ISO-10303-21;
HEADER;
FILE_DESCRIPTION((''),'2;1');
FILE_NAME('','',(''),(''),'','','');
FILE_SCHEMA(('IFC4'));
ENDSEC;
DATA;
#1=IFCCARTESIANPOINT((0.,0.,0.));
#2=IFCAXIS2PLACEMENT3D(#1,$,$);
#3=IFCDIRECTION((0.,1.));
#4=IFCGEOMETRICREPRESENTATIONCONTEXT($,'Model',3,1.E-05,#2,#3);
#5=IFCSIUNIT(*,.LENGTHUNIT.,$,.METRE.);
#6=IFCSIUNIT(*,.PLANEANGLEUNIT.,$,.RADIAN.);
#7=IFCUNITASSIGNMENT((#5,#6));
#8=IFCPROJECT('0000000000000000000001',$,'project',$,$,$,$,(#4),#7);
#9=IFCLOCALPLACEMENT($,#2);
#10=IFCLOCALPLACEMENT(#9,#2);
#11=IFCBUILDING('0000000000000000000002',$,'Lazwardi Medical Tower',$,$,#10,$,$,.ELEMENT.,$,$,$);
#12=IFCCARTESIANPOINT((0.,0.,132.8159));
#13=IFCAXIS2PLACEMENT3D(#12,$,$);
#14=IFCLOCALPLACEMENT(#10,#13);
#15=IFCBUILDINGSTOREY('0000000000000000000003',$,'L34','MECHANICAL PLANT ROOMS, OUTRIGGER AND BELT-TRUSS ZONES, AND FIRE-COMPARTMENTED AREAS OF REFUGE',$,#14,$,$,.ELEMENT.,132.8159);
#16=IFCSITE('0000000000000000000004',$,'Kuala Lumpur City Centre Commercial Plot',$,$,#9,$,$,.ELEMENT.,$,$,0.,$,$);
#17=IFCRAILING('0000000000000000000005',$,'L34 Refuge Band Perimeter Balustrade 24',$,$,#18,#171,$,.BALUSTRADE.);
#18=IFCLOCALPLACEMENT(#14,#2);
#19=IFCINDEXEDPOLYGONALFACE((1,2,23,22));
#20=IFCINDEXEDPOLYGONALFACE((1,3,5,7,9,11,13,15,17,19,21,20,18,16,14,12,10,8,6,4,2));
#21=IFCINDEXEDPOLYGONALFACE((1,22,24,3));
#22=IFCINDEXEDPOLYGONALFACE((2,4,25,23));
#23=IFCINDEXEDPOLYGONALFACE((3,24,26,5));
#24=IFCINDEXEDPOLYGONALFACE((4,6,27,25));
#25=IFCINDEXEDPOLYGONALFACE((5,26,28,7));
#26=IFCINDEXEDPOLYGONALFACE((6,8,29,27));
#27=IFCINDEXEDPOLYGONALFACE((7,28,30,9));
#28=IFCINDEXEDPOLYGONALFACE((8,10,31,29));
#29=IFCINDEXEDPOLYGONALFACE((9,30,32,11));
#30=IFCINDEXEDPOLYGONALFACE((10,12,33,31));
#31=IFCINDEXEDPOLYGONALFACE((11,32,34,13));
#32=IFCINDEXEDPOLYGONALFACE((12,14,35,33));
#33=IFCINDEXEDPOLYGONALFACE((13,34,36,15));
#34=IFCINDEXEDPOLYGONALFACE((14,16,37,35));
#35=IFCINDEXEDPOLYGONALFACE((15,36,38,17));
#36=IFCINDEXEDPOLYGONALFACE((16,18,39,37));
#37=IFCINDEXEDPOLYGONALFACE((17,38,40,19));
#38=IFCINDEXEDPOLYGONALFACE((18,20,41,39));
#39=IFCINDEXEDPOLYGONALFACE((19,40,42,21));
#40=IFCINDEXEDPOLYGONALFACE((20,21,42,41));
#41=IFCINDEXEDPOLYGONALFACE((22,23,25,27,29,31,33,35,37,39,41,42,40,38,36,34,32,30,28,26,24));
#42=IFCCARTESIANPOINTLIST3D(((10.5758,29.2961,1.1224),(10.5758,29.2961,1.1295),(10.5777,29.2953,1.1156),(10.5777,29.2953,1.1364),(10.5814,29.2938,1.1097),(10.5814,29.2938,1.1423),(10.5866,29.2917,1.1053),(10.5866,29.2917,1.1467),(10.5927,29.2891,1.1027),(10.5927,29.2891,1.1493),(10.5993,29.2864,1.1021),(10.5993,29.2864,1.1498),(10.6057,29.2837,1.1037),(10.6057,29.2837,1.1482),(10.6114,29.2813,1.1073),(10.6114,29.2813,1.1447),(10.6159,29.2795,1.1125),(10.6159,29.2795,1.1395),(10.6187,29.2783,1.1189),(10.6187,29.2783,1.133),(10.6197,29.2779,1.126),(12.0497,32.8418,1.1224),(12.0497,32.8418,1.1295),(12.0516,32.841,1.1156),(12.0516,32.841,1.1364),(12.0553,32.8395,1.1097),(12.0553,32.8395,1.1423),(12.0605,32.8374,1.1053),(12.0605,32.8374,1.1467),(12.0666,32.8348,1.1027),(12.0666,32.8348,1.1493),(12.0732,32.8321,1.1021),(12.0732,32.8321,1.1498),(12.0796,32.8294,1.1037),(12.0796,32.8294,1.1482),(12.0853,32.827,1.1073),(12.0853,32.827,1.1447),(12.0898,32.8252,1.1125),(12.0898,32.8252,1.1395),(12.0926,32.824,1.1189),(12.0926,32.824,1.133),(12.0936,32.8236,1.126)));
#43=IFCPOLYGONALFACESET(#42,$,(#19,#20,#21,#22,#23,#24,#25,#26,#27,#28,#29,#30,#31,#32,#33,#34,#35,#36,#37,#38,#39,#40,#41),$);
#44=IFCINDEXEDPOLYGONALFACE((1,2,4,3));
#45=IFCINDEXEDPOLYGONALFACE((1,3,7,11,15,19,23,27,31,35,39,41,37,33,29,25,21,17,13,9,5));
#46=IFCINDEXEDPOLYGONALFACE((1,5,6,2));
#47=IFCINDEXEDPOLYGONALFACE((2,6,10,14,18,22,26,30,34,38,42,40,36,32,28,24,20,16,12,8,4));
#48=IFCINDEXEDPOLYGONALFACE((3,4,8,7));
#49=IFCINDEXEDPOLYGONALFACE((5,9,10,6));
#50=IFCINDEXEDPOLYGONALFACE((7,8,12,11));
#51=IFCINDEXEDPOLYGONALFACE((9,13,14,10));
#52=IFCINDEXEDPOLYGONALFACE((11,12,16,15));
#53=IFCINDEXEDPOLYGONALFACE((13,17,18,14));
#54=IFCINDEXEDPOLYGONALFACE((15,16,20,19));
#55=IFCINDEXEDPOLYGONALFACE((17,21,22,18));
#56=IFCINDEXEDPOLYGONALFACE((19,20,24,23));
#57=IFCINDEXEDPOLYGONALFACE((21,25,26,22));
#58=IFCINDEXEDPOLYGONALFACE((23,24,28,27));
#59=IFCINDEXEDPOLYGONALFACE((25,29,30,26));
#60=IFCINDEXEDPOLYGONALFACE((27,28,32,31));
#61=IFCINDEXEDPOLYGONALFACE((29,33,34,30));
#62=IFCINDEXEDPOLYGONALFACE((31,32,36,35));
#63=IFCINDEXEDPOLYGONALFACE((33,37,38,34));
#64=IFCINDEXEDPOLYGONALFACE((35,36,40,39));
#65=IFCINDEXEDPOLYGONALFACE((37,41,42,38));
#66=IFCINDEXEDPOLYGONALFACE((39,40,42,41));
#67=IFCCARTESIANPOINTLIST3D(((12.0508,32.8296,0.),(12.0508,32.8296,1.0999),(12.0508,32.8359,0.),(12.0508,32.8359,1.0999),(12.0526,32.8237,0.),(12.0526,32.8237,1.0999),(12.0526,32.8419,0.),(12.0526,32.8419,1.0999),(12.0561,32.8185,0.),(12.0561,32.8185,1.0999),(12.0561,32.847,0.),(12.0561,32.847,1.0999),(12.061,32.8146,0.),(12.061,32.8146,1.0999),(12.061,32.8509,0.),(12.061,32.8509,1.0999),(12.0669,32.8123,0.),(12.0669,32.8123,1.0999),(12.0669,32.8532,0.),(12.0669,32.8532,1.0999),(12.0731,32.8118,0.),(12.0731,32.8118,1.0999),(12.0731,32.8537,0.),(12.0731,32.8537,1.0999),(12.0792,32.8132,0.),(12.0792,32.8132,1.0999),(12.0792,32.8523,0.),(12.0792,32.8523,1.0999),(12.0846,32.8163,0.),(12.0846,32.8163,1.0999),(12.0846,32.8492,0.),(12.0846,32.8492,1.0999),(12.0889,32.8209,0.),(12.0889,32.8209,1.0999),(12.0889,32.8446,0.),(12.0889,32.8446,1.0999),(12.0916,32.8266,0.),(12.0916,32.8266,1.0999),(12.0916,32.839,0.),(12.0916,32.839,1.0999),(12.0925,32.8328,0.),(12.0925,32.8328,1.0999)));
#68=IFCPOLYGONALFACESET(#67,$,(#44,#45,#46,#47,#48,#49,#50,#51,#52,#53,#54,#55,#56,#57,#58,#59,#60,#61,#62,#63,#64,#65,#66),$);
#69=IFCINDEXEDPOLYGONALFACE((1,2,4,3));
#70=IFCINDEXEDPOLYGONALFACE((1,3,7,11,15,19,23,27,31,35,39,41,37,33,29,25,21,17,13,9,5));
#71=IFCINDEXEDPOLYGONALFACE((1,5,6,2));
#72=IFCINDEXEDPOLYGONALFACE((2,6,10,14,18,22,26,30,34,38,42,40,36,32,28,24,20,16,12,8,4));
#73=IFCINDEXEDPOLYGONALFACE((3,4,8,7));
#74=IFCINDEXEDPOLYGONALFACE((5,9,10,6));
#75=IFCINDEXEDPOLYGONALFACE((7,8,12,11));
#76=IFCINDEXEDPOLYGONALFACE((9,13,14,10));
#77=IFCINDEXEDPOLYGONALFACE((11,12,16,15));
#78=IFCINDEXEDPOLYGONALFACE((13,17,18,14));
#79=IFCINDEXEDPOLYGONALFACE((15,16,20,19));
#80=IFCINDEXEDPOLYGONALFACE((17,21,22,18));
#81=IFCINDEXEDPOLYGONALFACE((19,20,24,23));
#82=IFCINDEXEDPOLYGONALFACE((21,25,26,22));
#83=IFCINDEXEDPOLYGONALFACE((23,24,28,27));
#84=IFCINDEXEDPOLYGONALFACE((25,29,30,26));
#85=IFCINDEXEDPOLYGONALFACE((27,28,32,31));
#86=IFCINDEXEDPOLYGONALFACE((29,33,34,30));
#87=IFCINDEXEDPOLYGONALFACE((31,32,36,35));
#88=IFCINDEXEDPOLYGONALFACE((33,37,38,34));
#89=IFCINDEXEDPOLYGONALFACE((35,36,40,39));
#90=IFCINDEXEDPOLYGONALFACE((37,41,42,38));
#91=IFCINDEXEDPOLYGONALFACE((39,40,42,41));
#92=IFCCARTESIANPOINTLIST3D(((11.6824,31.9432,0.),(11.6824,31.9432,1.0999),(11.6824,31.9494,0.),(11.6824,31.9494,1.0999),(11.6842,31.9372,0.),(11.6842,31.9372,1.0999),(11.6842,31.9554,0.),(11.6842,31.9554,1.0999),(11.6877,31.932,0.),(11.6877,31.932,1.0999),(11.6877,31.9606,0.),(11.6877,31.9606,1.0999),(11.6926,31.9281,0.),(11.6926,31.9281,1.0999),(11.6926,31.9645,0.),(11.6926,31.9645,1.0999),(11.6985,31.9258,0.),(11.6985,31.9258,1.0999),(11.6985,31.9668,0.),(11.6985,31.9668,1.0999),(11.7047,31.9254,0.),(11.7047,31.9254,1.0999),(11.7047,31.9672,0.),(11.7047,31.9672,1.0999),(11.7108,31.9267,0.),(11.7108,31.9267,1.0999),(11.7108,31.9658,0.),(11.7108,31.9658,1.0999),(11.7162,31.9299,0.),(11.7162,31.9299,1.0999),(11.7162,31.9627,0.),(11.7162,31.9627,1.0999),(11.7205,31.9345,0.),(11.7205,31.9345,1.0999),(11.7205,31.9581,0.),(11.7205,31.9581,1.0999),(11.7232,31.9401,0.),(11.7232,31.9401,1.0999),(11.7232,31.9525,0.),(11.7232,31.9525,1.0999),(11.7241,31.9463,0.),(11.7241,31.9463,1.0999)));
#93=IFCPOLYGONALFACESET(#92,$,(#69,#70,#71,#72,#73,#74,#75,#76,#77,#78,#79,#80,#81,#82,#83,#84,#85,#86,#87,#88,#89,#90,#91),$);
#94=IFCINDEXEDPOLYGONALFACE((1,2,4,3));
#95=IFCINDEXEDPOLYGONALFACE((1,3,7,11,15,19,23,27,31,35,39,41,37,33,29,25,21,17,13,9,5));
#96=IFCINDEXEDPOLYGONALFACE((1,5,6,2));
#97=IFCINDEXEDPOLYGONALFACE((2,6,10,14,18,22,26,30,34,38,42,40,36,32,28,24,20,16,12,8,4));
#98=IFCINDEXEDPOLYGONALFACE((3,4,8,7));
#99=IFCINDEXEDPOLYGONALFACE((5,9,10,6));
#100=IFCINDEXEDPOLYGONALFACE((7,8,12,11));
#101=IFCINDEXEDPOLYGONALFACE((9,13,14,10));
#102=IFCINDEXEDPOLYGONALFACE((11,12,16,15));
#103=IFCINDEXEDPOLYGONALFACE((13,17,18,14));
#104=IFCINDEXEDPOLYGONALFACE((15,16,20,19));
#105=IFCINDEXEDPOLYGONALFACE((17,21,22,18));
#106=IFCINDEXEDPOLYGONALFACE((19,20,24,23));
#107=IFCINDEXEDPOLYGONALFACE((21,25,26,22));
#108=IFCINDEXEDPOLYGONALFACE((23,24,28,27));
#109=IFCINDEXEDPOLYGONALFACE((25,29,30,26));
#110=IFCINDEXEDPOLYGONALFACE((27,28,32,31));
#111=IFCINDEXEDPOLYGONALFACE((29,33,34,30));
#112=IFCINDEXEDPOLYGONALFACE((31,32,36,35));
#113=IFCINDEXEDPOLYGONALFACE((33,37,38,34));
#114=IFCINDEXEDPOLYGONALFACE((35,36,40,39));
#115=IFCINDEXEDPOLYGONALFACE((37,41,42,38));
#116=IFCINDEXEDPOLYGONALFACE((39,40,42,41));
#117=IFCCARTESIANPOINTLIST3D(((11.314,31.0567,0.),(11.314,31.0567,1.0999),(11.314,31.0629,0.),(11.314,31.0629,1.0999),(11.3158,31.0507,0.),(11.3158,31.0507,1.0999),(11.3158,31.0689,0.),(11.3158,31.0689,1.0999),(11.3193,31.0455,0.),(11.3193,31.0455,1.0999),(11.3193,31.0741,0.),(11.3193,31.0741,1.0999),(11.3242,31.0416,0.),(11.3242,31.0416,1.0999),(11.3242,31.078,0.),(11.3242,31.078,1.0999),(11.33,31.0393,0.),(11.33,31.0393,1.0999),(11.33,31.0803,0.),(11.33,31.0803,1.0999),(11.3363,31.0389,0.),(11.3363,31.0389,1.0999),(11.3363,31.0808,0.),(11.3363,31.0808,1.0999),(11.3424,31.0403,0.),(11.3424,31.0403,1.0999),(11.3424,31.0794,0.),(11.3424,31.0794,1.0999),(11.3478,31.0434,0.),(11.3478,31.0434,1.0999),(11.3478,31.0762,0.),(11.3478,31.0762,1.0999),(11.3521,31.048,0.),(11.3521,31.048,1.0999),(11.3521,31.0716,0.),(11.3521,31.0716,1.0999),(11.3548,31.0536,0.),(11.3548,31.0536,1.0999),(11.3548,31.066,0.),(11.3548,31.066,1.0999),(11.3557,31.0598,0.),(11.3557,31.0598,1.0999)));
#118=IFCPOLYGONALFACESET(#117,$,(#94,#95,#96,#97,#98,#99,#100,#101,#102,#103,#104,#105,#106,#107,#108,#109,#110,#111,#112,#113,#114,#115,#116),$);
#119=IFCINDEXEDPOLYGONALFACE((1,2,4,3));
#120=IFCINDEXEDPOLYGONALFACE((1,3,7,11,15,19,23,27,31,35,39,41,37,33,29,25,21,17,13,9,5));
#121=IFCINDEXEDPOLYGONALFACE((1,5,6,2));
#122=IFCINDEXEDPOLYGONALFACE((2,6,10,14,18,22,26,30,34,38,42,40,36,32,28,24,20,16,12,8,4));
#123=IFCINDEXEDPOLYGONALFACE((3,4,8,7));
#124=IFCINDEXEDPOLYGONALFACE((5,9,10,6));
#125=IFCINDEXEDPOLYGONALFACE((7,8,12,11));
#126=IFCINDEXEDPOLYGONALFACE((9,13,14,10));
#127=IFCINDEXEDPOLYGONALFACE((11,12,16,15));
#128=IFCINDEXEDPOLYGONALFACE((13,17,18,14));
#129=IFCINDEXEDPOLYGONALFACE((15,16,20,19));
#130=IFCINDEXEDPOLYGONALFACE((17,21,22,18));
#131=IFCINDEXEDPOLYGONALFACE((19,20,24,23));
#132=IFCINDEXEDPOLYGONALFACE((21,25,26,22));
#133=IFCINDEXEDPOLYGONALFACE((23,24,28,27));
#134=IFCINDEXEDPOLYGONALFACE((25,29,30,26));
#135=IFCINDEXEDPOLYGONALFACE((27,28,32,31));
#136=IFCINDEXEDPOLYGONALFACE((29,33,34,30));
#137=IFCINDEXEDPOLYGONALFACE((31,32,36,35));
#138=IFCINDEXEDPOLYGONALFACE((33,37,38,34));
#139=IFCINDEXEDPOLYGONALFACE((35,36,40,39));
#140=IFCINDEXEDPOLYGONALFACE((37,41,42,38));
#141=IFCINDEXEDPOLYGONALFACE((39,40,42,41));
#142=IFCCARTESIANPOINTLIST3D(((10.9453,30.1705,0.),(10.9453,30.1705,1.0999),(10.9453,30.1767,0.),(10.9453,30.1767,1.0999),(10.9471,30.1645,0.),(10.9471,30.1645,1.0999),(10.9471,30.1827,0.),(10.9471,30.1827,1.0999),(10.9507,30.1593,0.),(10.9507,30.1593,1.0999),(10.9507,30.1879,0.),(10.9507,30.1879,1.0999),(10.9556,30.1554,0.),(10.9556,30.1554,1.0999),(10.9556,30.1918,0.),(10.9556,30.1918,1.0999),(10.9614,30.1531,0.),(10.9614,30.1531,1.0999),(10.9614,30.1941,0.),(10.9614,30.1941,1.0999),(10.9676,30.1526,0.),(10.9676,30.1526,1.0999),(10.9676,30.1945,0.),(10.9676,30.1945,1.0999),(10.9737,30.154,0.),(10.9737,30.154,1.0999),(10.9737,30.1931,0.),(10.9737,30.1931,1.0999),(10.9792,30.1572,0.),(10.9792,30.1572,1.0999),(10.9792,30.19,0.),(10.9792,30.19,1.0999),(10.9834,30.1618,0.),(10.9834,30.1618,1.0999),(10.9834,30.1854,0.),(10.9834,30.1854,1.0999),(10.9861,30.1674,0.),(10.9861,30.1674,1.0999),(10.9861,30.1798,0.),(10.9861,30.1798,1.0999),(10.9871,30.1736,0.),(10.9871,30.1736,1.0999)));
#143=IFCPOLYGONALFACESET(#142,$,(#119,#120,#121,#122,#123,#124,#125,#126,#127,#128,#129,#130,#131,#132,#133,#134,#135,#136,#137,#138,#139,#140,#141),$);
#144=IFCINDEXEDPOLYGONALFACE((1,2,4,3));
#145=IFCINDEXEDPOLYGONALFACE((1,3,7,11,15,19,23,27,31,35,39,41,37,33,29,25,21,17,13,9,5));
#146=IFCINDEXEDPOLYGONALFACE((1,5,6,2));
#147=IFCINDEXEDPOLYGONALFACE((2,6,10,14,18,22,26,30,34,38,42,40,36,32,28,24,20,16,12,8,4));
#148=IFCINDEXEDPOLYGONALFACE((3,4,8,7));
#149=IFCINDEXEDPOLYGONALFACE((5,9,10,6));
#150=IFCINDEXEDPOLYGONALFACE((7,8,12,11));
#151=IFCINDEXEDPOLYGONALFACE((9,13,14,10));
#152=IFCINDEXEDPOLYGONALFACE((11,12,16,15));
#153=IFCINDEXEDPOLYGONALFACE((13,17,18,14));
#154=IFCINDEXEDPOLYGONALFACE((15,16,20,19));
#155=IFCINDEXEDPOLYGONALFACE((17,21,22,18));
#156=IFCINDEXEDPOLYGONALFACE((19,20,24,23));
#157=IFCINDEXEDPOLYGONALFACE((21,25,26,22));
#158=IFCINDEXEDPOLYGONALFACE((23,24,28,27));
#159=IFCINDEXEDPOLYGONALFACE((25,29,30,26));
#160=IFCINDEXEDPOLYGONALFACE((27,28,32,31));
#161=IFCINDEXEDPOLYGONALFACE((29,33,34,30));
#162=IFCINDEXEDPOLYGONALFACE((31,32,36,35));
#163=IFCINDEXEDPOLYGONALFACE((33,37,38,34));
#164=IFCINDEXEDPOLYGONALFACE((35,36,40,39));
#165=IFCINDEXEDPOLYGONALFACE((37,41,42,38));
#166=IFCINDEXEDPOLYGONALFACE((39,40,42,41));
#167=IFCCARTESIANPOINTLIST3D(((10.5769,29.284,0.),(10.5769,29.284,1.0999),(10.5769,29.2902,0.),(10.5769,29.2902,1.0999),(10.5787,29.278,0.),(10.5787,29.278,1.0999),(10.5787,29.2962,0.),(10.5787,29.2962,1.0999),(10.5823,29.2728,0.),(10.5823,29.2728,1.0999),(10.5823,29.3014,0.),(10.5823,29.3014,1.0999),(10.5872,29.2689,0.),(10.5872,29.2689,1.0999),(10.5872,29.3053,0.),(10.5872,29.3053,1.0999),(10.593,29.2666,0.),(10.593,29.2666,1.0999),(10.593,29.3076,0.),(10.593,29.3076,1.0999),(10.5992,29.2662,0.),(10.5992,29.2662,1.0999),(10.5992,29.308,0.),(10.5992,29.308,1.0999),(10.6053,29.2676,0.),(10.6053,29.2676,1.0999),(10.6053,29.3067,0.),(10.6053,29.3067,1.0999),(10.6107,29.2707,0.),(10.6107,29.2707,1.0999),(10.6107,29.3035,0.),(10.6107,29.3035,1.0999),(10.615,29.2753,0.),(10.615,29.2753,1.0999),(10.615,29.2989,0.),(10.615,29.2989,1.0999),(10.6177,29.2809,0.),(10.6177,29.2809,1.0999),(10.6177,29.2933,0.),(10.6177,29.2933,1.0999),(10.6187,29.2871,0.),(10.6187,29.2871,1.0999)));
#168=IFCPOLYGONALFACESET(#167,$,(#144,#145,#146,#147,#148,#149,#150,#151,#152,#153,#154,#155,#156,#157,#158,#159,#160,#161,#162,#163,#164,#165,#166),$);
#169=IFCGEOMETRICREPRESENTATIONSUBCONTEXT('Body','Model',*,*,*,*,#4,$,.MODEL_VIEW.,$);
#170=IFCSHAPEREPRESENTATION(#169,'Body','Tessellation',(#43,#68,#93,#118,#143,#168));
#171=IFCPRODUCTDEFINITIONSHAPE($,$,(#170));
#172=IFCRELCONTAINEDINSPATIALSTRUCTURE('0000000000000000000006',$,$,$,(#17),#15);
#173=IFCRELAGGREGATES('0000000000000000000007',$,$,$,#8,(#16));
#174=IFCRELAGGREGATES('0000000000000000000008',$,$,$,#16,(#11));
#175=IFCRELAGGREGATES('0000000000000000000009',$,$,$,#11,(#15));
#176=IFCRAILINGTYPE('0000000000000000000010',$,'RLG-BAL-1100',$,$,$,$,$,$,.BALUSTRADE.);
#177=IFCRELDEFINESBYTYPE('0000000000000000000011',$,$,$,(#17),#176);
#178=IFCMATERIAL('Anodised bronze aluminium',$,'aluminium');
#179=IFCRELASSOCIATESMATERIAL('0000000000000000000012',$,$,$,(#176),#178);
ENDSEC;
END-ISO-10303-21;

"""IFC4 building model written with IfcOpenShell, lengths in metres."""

from ifc_helpers import new_model, si_unit, direction, frame, origin, origin_2d, place, context, subcontext, project, spatial, circle, extrude, material, type_object, element, save


model = new_model("IFC4")

# Units and contexts
model_context = context("Model", 3, precision=1e-05, world=origin(), true_north=direction((0.0, 1.0)))
body_context = subcontext(model_context, "Body", "Model", "MODEL_VIEW")
ifc_project = project(units=[si_unit("LENGTHUNIT", "METRE"), si_unit("PLANEANGLEUNIT", "RADIAN")], contexts=[model_context])

# Site, building, storey
site_placement = place(None, origin())
site = spatial("IfcSite", under=ifc_project, at=site_placement, Name="Kuala Lumpur City Centre Commercial Plot", CompositionType="ELEMENT", RefElevation=0.0)
building_placement = place(site_placement, origin())
building = spatial("IfcBuilding", under=site, at=building_placement, Name="Lazwardi Medical Tower", CompositionType="ELEMENT")
storey_placement = place(building_placement, frame((0.0, 0.0, 132.8159)))
storey = spatial("IfcBuildingStorey", under=building, at=storey_placement, Name="L34", Description="MECHANICAL PLANT ROOMS, OUTRIGGER AND BELT-TRUSS ZONES, AND FIRE-COMPARTMENTED AREAS OF REFUGE", CompositionType="ELEMENT", Elevation=132.8159)

# Railing
ifc_material_1 = material(Name="Anodised bronze aluminium", Category="aluminium")
railing_type = type_object("IfcRailingType", Name="RLG-BAL-1100", PredefinedType="BALUSTRADE", material=ifc_material_1)
railing_1_placement = place(storey_placement, frame((12.0715, 32.8328, 0.0)))
element("IfcRailing", 1, at=railing_1_placement, inside=storey, type_object=railing_type, Name="L34 Refuge Band Perimeter Balustrade 24", PredefinedType="BALUSTRADE", context=body_context, shape_type="SweptSolid", body=[
    extrude(circle(Radius=0.0239, at=origin_2d()), frame((0.0, 0.0, 1.126), z_axis=(-0.383843, -0.923398, 0.0), x_axis=(0.923398, -0.383843, 0.0)), (0.0, 0.0, 1.0), 3.8398),
    extrude(circle(Radius=0.021, at=origin_2d()), origin(), (0.0, 0.0, 1.0), 1.0999),
    extrude(circle(Radius=0.021, at=origin_2d()), frame((-0.3684, -0.8865, 0.0)), (0.0, 0.0, 1.0), 1.0999),
    extrude(circle(Radius=0.021, at=origin_2d()), frame((-0.7368, -1.7729, 0.0)), (0.0, 0.0, 1.0), 1.0999),
    extrude(circle(Radius=0.021, at=origin_2d()), frame((-1.1055, -2.6592, 0.0)), (0.0, 0.0, 1.0), 1.0999),
    extrude(circle(Radius=0.021, at=origin_2d()), frame((-1.4739, -3.5457, 0.0)), (0.0, 0.0, 1.0), 1.0999),
])

save(model, "model.ifc")
